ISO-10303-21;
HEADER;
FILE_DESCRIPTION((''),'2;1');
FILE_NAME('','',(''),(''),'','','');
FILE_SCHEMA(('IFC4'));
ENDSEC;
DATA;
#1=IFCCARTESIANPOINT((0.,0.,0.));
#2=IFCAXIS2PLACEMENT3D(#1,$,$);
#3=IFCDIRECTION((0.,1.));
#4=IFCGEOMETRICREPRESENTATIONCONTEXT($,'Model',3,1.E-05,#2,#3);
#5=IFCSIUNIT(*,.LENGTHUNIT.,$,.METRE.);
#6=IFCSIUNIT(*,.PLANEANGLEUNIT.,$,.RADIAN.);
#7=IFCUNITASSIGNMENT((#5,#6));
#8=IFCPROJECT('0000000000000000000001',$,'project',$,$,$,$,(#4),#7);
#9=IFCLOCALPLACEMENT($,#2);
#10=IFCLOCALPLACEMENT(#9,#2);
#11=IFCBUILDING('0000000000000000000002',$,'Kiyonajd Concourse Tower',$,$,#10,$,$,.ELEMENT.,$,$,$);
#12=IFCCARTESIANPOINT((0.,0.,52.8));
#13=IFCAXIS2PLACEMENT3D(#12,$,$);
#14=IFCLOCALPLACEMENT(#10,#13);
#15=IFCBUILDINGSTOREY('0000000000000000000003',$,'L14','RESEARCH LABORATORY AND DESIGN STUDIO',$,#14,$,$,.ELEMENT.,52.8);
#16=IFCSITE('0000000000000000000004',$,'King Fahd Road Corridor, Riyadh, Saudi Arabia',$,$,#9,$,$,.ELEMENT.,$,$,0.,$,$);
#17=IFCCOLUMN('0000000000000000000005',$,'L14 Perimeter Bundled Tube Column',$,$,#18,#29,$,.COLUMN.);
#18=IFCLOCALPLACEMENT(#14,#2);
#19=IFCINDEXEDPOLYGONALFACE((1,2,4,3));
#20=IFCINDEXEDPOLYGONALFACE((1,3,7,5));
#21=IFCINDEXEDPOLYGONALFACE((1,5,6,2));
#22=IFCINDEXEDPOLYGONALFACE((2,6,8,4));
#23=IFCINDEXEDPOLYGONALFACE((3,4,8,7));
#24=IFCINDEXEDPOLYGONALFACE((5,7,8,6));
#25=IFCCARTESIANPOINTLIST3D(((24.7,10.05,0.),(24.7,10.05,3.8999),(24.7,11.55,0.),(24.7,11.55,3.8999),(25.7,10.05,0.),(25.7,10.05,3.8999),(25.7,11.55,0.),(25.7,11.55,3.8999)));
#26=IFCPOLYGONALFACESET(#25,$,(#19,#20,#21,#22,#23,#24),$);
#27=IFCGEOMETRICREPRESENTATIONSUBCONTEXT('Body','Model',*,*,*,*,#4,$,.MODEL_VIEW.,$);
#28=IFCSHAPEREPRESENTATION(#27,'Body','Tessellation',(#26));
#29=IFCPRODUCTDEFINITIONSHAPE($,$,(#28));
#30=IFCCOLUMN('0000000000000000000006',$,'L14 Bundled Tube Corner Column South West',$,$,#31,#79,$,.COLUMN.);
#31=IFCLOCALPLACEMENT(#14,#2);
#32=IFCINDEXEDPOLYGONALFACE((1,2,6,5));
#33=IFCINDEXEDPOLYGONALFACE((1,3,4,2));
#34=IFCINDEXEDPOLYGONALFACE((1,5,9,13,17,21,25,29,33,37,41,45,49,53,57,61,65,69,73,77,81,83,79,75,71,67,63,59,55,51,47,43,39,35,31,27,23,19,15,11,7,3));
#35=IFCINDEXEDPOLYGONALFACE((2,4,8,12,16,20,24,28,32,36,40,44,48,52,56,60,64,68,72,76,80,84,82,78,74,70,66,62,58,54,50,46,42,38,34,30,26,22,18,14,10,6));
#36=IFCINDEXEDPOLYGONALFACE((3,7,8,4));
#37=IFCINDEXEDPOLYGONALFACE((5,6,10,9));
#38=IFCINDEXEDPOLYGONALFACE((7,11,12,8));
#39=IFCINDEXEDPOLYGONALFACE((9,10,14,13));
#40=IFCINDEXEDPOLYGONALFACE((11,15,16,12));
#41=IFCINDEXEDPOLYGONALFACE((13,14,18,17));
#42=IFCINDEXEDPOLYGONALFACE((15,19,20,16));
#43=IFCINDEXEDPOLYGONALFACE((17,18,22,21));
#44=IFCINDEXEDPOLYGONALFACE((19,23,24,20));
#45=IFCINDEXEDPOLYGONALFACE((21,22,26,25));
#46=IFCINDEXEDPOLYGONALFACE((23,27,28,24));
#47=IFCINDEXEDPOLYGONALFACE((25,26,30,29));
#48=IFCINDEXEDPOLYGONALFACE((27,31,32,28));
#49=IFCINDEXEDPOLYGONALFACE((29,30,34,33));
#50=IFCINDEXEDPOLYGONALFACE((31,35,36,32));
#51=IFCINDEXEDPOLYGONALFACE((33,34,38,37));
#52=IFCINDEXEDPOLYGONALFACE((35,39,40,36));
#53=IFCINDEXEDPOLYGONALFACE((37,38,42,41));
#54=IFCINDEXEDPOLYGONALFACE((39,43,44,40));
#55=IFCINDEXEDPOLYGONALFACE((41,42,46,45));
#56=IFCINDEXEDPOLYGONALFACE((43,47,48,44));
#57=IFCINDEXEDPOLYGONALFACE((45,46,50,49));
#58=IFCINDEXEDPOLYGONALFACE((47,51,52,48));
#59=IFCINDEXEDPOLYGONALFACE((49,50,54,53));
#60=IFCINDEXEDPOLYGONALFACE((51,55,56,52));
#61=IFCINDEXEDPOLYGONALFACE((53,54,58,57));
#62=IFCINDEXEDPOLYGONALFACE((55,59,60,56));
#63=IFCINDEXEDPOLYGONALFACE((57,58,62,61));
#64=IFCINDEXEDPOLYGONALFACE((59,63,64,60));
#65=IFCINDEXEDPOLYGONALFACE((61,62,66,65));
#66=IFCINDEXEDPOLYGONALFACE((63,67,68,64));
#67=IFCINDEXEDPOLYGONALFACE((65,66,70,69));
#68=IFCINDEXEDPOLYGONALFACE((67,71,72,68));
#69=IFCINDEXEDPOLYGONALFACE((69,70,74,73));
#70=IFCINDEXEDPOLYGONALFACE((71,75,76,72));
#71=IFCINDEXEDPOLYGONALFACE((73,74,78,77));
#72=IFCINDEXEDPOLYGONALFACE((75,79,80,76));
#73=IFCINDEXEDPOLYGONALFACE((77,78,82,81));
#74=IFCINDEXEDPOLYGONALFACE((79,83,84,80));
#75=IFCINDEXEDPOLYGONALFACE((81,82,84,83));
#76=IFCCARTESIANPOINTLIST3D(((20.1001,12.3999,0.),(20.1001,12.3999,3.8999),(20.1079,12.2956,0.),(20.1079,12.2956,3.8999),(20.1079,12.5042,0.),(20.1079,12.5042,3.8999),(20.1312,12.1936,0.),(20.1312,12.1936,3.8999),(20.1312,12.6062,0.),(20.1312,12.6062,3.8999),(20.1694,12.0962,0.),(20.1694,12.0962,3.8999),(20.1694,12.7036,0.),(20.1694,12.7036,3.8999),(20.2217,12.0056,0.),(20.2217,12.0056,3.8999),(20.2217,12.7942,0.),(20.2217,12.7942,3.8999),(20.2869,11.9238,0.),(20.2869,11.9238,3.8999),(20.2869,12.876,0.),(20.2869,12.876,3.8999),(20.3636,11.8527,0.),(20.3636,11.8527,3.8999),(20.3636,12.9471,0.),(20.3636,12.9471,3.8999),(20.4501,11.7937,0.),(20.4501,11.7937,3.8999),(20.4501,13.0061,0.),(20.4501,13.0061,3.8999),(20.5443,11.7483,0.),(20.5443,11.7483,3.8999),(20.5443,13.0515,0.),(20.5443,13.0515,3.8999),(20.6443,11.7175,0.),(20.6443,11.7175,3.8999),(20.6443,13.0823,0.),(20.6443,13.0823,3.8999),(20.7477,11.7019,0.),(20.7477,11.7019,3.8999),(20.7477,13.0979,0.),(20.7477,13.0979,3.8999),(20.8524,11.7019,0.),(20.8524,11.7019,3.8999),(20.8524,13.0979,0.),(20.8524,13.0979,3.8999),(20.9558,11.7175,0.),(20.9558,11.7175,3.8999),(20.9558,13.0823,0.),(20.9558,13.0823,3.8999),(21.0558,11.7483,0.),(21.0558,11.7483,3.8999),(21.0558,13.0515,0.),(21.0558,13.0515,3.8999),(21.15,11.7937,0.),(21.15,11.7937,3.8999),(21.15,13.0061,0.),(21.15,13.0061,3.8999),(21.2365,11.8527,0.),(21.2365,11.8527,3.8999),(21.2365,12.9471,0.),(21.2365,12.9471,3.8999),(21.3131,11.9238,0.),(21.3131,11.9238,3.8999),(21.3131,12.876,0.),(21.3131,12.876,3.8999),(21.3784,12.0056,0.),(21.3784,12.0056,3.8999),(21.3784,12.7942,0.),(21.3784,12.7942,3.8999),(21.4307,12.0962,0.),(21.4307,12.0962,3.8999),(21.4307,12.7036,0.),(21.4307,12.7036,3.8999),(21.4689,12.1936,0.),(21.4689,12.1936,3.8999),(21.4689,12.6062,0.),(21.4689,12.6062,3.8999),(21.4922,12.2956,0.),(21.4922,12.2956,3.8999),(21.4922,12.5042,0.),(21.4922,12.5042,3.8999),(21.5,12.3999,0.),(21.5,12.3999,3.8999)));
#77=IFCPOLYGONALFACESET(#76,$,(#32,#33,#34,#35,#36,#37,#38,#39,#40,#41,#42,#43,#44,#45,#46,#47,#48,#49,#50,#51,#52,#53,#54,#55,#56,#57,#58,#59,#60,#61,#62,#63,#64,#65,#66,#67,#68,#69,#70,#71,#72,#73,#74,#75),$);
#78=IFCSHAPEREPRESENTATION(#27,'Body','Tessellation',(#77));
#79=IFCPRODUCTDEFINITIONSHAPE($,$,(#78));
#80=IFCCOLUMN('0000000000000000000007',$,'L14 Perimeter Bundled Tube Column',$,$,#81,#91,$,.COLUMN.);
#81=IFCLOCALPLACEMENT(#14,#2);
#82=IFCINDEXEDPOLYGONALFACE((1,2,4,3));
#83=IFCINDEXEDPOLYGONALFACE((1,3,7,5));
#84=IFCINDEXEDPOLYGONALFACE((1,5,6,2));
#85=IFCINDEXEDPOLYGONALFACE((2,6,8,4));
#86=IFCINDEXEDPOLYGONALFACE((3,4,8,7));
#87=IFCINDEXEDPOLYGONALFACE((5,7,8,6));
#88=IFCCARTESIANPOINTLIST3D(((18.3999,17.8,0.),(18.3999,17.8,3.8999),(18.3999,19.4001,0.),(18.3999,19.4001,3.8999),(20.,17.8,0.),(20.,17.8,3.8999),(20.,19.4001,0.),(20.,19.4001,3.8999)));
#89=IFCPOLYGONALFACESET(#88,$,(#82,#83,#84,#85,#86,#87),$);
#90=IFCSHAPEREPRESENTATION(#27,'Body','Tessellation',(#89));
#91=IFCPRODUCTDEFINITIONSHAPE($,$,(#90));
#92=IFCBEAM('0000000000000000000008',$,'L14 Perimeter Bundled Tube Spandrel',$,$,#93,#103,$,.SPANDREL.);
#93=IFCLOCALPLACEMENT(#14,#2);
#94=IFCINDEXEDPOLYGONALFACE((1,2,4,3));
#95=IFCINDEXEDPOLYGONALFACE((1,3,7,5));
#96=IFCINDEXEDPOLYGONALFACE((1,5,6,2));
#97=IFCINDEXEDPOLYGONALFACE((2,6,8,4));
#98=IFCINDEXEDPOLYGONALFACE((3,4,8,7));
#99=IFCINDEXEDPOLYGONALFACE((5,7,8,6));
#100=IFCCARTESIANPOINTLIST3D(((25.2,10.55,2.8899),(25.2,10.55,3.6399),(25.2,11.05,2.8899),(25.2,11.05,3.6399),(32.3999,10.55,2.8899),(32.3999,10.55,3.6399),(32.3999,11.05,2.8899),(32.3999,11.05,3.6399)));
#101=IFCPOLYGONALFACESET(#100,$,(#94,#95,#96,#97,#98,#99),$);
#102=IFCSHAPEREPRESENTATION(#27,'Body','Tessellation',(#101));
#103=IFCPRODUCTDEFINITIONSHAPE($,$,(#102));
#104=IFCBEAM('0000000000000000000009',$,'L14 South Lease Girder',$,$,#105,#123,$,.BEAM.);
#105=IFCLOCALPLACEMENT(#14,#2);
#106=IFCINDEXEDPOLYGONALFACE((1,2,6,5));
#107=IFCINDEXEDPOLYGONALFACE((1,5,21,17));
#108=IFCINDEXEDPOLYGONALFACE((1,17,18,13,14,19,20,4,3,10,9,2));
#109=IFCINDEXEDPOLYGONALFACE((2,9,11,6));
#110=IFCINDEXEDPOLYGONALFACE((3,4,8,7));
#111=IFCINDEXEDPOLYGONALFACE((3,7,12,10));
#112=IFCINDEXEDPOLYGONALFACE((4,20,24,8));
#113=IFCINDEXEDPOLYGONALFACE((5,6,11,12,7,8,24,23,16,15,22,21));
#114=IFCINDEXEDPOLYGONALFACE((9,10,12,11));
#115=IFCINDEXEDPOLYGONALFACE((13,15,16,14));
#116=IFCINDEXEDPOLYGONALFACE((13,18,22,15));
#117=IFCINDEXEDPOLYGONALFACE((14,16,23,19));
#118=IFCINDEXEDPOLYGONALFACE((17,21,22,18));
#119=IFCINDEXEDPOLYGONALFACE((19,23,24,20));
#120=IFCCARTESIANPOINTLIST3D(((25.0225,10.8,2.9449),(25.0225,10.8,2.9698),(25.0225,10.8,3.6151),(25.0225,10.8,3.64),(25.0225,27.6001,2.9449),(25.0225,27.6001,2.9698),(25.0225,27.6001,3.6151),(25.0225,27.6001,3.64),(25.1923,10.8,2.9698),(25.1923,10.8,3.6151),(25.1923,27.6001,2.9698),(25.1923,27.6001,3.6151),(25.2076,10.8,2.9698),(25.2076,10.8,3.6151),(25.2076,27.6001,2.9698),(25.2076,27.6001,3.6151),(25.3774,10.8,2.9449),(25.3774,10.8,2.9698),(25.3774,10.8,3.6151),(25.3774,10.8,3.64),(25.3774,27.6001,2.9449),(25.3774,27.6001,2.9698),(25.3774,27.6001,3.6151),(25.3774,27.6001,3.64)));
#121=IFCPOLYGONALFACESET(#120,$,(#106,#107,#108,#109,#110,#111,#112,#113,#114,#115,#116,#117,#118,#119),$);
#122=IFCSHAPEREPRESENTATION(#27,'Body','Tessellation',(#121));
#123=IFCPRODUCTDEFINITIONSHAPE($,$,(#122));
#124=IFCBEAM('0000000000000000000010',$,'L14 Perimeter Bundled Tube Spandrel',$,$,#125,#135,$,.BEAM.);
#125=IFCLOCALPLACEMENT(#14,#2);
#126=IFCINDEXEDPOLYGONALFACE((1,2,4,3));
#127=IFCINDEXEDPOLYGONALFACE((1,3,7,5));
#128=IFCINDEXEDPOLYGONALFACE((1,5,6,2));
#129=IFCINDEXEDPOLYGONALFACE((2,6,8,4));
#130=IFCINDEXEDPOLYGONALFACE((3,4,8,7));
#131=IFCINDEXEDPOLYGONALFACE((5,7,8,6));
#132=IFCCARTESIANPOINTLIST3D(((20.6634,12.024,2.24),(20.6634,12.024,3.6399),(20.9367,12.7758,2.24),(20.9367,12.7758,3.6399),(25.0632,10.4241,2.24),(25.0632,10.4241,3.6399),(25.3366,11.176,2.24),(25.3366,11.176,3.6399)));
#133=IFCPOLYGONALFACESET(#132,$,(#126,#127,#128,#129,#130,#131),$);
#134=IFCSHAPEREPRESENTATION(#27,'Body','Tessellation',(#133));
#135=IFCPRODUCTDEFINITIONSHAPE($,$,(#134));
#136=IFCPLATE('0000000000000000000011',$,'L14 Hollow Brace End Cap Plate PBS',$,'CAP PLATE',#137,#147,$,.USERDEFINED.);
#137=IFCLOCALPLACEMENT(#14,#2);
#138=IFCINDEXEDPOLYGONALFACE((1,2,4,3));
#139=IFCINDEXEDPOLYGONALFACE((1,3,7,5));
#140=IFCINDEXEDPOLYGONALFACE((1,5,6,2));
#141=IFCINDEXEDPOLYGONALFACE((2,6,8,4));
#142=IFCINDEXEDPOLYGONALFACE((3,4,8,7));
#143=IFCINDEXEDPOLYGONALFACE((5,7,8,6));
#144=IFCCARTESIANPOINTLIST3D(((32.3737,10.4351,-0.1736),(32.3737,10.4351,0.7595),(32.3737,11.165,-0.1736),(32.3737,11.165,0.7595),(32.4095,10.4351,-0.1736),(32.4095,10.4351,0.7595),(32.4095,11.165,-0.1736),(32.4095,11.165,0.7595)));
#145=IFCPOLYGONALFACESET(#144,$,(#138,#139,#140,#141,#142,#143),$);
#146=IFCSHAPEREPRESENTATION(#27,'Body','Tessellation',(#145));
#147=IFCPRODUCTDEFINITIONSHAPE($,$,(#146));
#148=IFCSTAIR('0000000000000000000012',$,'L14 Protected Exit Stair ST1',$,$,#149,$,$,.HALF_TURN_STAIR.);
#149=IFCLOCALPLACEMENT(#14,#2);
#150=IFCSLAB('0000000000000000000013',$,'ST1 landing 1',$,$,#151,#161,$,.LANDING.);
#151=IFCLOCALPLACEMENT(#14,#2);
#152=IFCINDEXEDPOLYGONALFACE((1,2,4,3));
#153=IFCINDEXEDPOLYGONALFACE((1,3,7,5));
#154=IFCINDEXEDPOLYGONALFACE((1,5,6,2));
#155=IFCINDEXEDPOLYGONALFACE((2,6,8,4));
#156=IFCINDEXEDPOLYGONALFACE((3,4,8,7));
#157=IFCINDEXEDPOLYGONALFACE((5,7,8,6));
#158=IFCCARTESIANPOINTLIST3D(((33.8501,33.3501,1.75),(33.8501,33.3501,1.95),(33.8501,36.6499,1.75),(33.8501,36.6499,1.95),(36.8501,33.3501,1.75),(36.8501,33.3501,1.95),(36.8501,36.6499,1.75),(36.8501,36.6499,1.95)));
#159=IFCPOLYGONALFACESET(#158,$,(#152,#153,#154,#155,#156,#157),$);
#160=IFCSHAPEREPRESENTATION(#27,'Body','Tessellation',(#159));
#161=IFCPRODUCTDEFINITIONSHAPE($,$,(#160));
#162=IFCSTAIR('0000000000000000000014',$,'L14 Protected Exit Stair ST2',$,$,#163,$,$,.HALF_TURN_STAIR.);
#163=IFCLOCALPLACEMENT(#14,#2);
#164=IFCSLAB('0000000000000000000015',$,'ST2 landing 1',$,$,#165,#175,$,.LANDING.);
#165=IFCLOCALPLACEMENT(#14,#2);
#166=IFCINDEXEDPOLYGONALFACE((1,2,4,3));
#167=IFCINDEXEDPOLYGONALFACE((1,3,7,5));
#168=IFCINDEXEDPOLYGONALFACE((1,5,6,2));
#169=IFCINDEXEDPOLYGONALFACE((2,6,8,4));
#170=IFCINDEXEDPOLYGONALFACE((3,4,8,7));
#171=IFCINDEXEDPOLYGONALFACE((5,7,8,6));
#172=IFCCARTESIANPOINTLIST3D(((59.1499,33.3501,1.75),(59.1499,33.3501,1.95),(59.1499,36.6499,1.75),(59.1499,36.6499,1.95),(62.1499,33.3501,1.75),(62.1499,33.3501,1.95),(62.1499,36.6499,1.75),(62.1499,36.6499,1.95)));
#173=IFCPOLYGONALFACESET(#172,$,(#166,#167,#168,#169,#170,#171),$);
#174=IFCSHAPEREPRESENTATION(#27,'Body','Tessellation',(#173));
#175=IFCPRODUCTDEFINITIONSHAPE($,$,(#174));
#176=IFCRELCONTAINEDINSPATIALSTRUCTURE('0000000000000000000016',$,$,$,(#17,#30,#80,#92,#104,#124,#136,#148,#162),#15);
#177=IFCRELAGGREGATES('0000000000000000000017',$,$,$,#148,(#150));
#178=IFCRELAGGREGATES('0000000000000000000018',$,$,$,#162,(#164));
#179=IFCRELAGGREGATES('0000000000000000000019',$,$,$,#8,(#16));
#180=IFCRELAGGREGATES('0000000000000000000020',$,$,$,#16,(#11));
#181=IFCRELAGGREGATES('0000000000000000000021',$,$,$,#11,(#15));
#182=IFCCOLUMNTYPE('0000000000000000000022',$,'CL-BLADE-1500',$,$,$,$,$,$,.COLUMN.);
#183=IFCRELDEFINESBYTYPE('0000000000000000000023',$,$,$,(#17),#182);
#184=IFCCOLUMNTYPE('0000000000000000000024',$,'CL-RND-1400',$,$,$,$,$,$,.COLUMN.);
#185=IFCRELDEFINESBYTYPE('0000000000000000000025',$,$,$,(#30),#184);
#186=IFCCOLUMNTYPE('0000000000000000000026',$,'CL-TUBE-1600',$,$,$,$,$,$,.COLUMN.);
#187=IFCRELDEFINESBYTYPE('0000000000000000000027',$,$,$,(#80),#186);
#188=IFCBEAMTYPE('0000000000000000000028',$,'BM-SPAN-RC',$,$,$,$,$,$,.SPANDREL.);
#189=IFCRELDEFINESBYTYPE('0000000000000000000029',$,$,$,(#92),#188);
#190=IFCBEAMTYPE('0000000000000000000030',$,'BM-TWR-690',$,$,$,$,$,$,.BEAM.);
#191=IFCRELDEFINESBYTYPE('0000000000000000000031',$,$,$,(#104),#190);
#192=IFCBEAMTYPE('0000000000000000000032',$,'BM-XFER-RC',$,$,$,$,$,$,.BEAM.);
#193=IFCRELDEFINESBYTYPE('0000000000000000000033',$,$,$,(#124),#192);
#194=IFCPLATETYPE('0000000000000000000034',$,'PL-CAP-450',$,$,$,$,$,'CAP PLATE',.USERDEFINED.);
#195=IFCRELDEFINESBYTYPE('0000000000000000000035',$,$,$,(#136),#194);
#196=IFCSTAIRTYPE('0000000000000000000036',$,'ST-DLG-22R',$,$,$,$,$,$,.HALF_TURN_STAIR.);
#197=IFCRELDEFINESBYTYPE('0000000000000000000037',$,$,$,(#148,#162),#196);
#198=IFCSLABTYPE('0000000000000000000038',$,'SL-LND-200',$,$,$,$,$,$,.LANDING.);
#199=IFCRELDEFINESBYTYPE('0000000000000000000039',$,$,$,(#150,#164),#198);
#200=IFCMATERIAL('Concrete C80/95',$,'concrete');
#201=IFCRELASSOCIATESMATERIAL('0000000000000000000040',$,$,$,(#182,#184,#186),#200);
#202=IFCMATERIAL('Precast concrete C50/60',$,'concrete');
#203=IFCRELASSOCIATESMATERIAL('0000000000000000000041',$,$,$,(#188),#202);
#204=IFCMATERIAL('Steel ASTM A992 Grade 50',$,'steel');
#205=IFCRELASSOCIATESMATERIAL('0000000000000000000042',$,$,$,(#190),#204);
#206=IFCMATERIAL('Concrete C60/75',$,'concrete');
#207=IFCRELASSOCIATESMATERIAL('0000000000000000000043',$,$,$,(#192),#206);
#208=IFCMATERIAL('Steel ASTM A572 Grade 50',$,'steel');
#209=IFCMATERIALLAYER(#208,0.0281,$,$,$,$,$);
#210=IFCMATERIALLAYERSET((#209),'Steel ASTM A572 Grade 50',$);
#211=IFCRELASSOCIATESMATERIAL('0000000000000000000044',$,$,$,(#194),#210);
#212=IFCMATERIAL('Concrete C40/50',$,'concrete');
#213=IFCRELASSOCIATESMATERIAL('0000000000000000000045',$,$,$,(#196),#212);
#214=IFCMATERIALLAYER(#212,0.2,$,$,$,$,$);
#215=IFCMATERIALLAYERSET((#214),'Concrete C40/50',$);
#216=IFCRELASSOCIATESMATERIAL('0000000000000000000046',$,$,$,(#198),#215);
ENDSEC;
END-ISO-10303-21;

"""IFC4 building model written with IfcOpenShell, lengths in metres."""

from ifc_helpers import new_model, si_unit, direction, frame, origin, origin_2d, place, context, subcontext, project, spatial, polyline, rectangle, circle, i_section, outline, extrude, material, layer, layer_set, material_profile, profile_set, type_object, element, aggregate, save


model = new_model("IFC4")

# Units and contexts
model_context = context("Model", 3, precision=1e-05, world=origin(), true_north=direction((0.0, 1.0)))
body_context = subcontext(model_context, "Body", "Model", "MODEL_VIEW")
ifc_project = project(units=[si_unit("LENGTHUNIT", "METRE"), si_unit("PLANEANGLEUNIT", "RADIAN")], contexts=[model_context])

# Site, building, storey
site_placement = place(None, origin())
site = spatial("IfcSite", under=ifc_project, at=site_placement, Name="King Fahd Road Corridor, Riyadh, Saudi Arabia", CompositionType="ELEMENT", RefElevation=0.0)
building_placement = place(site_placement, origin())
building = spatial("IfcBuilding", under=site, at=building_placement, Name="Kiyonajd Concourse Tower", CompositionType="ELEMENT")
storey_placement = place(building_placement, frame((0.0, 0.0, 52.8)))
storey = spatial("IfcBuildingStorey", under=building, at=storey_placement, Name="L14", Description="RESEARCH LABORATORY AND DESIGN STUDIO", CompositionType="ELEMENT", Elevation=52.8)

# Columns
ifc_material_1 = material(Name="Concrete C80/95", Category="concrete")
ifc_material_profile_1 = material_profile(ifc_material_1, rectangle(XDim=1.0, YDim=1.5, at=origin_2d()), Name="RC-1500x1000")
ifc_profile_set_1 = profile_set([ifc_material_profile_1], Name="Concrete C80/95")
column_type_1 = type_object("IfcColumnType", Name="CL-BLADE-1500", PredefinedType="COLUMN", material=ifc_profile_set_1)
column_1_placement = place(storey_placement, frame((25.2, 10.8, 0.0), z_axis=(0.0, 0.0, 1.0), x_axis=(1.0, 0.0, 0.0)))
element("IfcColumn", 1, at=column_1_placement, inside=storey, type_object=column_type_1, Name="L14 Perimeter Bundled Tube Column", PredefinedType="COLUMN", context=body_context, shape_type="SweptSolid", body=[
    extrude(rectangle(XDim=1.0, YDim=1.5, at=origin_2d()), origin(), (0.0, 0.0, 1.0), 3.8999),
])
ifc_material_profile_2 = material_profile(ifc_material_1, circle(Radius=0.7, at=origin_2d()), Name="RCC-D1400")
ifc_profile_set_2 = profile_set([ifc_material_profile_2], Name="Concrete C80/95")
column_type_2 = type_object("IfcColumnType", Name="CL-RND-1400", PredefinedType="COLUMN", material=ifc_profile_set_2)
column_2_placement = place(storey_placement, frame((20.8, 12.3999, 0.0), z_axis=(0.0, 0.0, 1.0), x_axis=(1.0, 0.0, 0.0)))
element("IfcColumn", 2, at=column_2_placement, inside=storey, type_object=column_type_2, Name="L14 Bundled Tube Corner Column South West", PredefinedType="COLUMN", context=body_context, shape_type="SweptSolid", body=[
    extrude(circle(Radius=0.7, at=origin_2d()), origin(), (0.0, 0.0, 1.0), 3.8999),
])
ifc_material_profile_3 = material_profile(ifc_material_1, rectangle(XDim=1.6001, YDim=1.6001, at=origin_2d()), Name="RC-1600x1600")
ifc_profile_set_3 = profile_set([ifc_material_profile_3], Name="Concrete C80/95")
column_type_3 = type_object("IfcColumnType", Name="CL-TUBE-1600", PredefinedType="COLUMN", material=ifc_profile_set_3)
column_3_placement = place(storey_placement, frame((19.2, 18.6001, 0.0), z_axis=(0.0, 0.0, 1.0), x_axis=(1.0, 0.0, 0.0)))
element("IfcColumn", 3, at=column_3_placement, inside=storey, type_object=column_type_3, Name="L14 Perimeter Bundled Tube Column", PredefinedType="COLUMN", context=body_context, shape_type="SweptSolid", body=[
    extrude(rectangle(XDim=1.6001, YDim=1.6001, at=origin_2d()), origin(), (0.0, 0.0, 1.0), 3.8999),
])

# Beams
ifc_material_2 = material(Name="Precast concrete C50/60", Category="concrete")
ifc_material_profile_4 = material_profile(ifc_material_2, rectangle(XDim=0.5, YDim=0.75, at=origin_2d()), Name="RCBM-500x750")
ifc_profile_set_4 = profile_set([ifc_material_profile_4], Name="Precast concrete C50/60")
beam_type_1 = type_object("IfcBeamType", Name="BM-SPAN-RC", PredefinedType="SPANDREL", material=ifc_profile_set_4)
beam_1_placement = place(storey_placement, frame((25.2, 10.8, 3.2649), z_axis=(1.0, 0.0, 0.0), x_axis=(0.0, 1.0, 0.0)))
element("IfcBeam", 4, at=beam_1_placement, inside=storey, type_object=beam_type_1, Name="L14 Perimeter Bundled Tube Spandrel", PredefinedType="SPANDREL", context=body_context, shape_type="SweptSolid", body=[
    extrude(rectangle(XDim=0.5, YDim=0.75, at=origin_2d()), origin(), (0.0, 0.0, 1.0), 7.2),
])
ifc_material_3 = material(Name="Steel ASTM A992 Grade 50", Category="steel")
ifc_material_profile_5 = material_profile(ifc_material_3, i_section(OverallWidth=0.355, OverallDepth=0.6951, WebThickness=0.0154, FlangeThickness=0.0249, at=origin_2d()), Name="W690X217")
ifc_profile_set_5 = profile_set([ifc_material_profile_5], Name="Steel ASTM A992 Grade 50")
beam_type_2 = type_object("IfcBeamType", Name="BM-TWR-690", PredefinedType="BEAM", material=ifc_profile_set_5)
beam_2_placement = place(storey_placement, frame((25.2, 10.8, 3.2925), z_axis=(0.0, 1.0, 0.0), x_axis=(-1.0, 0.0, 0.0)))
element("IfcBeam", 5, at=beam_2_placement, inside=storey, type_object=beam_type_2, Name="L14 South Lease Girder", PredefinedType="BEAM", context=body_context, shape_type="SweptSolid", body=[
    extrude(i_section(OverallWidth=0.355, OverallDepth=0.6951, WebThickness=0.0154, FlangeThickness=0.0249, at=origin_2d()), origin(), (0.0, 0.0, 1.0), 16.8),
])
ifc_material_4 = material(Name="Concrete C60/75", Category="concrete")
ifc_material_profile_6 = material_profile(ifc_material_4, rectangle(XDim=0.8, YDim=1.3999, at=origin_2d()), Name="RCBM-800x1400")
ifc_profile_set_6 = profile_set([ifc_material_profile_6], Name="Concrete C60/75")
beam_type_3 = type_object("IfcBeamType", Name="BM-XFER-RC", PredefinedType="BEAM", material=ifc_profile_set_6)
beam_3_placement = place(storey_placement, frame((20.8, 12.3999, 2.9399), z_axis=(0.939801, -0.341722, 0.0), x_axis=(0.341722, 0.939801, 0.0)))
element("IfcBeam", 6, at=beam_3_placement, inside=storey, type_object=beam_type_3, Name="L14 Perimeter Bundled Tube Spandrel", PredefinedType="BEAM", context=body_context, shape_type="SweptSolid", body=[
    extrude(rectangle(XDim=0.8, YDim=1.3999, at=origin_2d()), origin(), (0.0, 0.0, 1.0), 4.6816),
])

# Plate
ifc_material_5 = material(Name="Steel ASTM A572 Grade 50", Category="steel")
ifc_layer_1 = layer(ifc_material_5, 0.0281)
ifc_layer_set_1 = layer_set([ifc_layer_1], Name="Steel ASTM A572 Grade 50")
plate_type = type_object("IfcPlateType", Name="PL-CAP-450", ElementType="CAP PLATE", PredefinedType="USERDEFINED", material=ifc_layer_set_1)
plate_placement = place(storey_placement, frame((32.3916, 10.8, -0.1736), z_axis=(0.0, 0.0, 1.0), x_axis=(-1.0, 0.0, 0.0)))
element("IfcPlate", 7, at=plate_placement, inside=storey, type_object=plate_type, Name="L14 Hollow Brace End Cap Plate PBS", ObjectType="CAP PLATE", PredefinedType="USERDEFINED", context=body_context, shape_type="SweptSolid", body=[
    extrude(rectangle(XDim=0.0359, YDim=0.73, at=origin_2d()), origin(), (0.0, 0.0, 1.0), 0.9331),
])

# Stairs, slabs
ifc_material_6 = material(Name="Concrete C40/50", Category="concrete")
stair_type = type_object("IfcStairType", Name="ST-DLG-22R", PredefinedType="HALF_TURN_STAIR", material=ifc_material_6)
stair_1_placement = place(storey_placement, origin())
stair_1 = element("IfcStair", 8, at=stair_1_placement, inside=storey, type_object=stair_type, Name="L14 Protected Exit Stair ST1", PredefinedType="HALF_TURN_STAIR")
ifc_layer_2 = layer(ifc_material_6, 0.2)
ifc_layer_set_2 = layer_set([ifc_layer_2], Name="Concrete C40/50")
slab_type_1 = type_object("IfcSlabType", Name="SL-LND-200", PredefinedType="LANDING", material=ifc_layer_set_2)
slab_1_placement = place(storey_placement, frame((0.0, 0.0, 1.75)))
slab_1 = element("IfcSlab", 9, at=slab_1_placement, type_object=slab_type_1, Name="ST1 landing 1", PredefinedType="LANDING", context=body_context, shape_type="SweptSolid", body=[
    extrude(outline(polyline([(36.8501, 33.3501), (36.8501, 36.6499), (33.8501, 36.6499), (33.8501, 33.3501), (36.8501, 33.3501)])), origin(), (0.0, 0.0, 1.0), 0.2),
])
aggregate(stair_1, [slab_1])
stair_2_placement = place(storey_placement, origin())
stair_2 = element("IfcStair", 10, at=stair_2_placement, inside=storey, type_object=stair_type, Name="L14 Protected Exit Stair ST2", PredefinedType="HALF_TURN_STAIR")
slab_2_placement = place(storey_placement, frame((0.0, 0.0, 1.75)))
slab_2 = element("IfcSlab", 11, at=slab_2_placement, type_object=slab_type_1, Name="ST2 landing 1", PredefinedType="LANDING", context=body_context, shape_type="SweptSolid", body=[
    extrude(outline(polyline([(62.1499, 33.3501), (62.1499, 36.6499), (59.1499, 36.6499), (59.1499, 33.3501), (62.1499, 33.3501)])), origin(), (0.0, 0.0, 1.0), 0.2),
])
aggregate(stair_2, [slab_2])

save(model, "model.ifc")
